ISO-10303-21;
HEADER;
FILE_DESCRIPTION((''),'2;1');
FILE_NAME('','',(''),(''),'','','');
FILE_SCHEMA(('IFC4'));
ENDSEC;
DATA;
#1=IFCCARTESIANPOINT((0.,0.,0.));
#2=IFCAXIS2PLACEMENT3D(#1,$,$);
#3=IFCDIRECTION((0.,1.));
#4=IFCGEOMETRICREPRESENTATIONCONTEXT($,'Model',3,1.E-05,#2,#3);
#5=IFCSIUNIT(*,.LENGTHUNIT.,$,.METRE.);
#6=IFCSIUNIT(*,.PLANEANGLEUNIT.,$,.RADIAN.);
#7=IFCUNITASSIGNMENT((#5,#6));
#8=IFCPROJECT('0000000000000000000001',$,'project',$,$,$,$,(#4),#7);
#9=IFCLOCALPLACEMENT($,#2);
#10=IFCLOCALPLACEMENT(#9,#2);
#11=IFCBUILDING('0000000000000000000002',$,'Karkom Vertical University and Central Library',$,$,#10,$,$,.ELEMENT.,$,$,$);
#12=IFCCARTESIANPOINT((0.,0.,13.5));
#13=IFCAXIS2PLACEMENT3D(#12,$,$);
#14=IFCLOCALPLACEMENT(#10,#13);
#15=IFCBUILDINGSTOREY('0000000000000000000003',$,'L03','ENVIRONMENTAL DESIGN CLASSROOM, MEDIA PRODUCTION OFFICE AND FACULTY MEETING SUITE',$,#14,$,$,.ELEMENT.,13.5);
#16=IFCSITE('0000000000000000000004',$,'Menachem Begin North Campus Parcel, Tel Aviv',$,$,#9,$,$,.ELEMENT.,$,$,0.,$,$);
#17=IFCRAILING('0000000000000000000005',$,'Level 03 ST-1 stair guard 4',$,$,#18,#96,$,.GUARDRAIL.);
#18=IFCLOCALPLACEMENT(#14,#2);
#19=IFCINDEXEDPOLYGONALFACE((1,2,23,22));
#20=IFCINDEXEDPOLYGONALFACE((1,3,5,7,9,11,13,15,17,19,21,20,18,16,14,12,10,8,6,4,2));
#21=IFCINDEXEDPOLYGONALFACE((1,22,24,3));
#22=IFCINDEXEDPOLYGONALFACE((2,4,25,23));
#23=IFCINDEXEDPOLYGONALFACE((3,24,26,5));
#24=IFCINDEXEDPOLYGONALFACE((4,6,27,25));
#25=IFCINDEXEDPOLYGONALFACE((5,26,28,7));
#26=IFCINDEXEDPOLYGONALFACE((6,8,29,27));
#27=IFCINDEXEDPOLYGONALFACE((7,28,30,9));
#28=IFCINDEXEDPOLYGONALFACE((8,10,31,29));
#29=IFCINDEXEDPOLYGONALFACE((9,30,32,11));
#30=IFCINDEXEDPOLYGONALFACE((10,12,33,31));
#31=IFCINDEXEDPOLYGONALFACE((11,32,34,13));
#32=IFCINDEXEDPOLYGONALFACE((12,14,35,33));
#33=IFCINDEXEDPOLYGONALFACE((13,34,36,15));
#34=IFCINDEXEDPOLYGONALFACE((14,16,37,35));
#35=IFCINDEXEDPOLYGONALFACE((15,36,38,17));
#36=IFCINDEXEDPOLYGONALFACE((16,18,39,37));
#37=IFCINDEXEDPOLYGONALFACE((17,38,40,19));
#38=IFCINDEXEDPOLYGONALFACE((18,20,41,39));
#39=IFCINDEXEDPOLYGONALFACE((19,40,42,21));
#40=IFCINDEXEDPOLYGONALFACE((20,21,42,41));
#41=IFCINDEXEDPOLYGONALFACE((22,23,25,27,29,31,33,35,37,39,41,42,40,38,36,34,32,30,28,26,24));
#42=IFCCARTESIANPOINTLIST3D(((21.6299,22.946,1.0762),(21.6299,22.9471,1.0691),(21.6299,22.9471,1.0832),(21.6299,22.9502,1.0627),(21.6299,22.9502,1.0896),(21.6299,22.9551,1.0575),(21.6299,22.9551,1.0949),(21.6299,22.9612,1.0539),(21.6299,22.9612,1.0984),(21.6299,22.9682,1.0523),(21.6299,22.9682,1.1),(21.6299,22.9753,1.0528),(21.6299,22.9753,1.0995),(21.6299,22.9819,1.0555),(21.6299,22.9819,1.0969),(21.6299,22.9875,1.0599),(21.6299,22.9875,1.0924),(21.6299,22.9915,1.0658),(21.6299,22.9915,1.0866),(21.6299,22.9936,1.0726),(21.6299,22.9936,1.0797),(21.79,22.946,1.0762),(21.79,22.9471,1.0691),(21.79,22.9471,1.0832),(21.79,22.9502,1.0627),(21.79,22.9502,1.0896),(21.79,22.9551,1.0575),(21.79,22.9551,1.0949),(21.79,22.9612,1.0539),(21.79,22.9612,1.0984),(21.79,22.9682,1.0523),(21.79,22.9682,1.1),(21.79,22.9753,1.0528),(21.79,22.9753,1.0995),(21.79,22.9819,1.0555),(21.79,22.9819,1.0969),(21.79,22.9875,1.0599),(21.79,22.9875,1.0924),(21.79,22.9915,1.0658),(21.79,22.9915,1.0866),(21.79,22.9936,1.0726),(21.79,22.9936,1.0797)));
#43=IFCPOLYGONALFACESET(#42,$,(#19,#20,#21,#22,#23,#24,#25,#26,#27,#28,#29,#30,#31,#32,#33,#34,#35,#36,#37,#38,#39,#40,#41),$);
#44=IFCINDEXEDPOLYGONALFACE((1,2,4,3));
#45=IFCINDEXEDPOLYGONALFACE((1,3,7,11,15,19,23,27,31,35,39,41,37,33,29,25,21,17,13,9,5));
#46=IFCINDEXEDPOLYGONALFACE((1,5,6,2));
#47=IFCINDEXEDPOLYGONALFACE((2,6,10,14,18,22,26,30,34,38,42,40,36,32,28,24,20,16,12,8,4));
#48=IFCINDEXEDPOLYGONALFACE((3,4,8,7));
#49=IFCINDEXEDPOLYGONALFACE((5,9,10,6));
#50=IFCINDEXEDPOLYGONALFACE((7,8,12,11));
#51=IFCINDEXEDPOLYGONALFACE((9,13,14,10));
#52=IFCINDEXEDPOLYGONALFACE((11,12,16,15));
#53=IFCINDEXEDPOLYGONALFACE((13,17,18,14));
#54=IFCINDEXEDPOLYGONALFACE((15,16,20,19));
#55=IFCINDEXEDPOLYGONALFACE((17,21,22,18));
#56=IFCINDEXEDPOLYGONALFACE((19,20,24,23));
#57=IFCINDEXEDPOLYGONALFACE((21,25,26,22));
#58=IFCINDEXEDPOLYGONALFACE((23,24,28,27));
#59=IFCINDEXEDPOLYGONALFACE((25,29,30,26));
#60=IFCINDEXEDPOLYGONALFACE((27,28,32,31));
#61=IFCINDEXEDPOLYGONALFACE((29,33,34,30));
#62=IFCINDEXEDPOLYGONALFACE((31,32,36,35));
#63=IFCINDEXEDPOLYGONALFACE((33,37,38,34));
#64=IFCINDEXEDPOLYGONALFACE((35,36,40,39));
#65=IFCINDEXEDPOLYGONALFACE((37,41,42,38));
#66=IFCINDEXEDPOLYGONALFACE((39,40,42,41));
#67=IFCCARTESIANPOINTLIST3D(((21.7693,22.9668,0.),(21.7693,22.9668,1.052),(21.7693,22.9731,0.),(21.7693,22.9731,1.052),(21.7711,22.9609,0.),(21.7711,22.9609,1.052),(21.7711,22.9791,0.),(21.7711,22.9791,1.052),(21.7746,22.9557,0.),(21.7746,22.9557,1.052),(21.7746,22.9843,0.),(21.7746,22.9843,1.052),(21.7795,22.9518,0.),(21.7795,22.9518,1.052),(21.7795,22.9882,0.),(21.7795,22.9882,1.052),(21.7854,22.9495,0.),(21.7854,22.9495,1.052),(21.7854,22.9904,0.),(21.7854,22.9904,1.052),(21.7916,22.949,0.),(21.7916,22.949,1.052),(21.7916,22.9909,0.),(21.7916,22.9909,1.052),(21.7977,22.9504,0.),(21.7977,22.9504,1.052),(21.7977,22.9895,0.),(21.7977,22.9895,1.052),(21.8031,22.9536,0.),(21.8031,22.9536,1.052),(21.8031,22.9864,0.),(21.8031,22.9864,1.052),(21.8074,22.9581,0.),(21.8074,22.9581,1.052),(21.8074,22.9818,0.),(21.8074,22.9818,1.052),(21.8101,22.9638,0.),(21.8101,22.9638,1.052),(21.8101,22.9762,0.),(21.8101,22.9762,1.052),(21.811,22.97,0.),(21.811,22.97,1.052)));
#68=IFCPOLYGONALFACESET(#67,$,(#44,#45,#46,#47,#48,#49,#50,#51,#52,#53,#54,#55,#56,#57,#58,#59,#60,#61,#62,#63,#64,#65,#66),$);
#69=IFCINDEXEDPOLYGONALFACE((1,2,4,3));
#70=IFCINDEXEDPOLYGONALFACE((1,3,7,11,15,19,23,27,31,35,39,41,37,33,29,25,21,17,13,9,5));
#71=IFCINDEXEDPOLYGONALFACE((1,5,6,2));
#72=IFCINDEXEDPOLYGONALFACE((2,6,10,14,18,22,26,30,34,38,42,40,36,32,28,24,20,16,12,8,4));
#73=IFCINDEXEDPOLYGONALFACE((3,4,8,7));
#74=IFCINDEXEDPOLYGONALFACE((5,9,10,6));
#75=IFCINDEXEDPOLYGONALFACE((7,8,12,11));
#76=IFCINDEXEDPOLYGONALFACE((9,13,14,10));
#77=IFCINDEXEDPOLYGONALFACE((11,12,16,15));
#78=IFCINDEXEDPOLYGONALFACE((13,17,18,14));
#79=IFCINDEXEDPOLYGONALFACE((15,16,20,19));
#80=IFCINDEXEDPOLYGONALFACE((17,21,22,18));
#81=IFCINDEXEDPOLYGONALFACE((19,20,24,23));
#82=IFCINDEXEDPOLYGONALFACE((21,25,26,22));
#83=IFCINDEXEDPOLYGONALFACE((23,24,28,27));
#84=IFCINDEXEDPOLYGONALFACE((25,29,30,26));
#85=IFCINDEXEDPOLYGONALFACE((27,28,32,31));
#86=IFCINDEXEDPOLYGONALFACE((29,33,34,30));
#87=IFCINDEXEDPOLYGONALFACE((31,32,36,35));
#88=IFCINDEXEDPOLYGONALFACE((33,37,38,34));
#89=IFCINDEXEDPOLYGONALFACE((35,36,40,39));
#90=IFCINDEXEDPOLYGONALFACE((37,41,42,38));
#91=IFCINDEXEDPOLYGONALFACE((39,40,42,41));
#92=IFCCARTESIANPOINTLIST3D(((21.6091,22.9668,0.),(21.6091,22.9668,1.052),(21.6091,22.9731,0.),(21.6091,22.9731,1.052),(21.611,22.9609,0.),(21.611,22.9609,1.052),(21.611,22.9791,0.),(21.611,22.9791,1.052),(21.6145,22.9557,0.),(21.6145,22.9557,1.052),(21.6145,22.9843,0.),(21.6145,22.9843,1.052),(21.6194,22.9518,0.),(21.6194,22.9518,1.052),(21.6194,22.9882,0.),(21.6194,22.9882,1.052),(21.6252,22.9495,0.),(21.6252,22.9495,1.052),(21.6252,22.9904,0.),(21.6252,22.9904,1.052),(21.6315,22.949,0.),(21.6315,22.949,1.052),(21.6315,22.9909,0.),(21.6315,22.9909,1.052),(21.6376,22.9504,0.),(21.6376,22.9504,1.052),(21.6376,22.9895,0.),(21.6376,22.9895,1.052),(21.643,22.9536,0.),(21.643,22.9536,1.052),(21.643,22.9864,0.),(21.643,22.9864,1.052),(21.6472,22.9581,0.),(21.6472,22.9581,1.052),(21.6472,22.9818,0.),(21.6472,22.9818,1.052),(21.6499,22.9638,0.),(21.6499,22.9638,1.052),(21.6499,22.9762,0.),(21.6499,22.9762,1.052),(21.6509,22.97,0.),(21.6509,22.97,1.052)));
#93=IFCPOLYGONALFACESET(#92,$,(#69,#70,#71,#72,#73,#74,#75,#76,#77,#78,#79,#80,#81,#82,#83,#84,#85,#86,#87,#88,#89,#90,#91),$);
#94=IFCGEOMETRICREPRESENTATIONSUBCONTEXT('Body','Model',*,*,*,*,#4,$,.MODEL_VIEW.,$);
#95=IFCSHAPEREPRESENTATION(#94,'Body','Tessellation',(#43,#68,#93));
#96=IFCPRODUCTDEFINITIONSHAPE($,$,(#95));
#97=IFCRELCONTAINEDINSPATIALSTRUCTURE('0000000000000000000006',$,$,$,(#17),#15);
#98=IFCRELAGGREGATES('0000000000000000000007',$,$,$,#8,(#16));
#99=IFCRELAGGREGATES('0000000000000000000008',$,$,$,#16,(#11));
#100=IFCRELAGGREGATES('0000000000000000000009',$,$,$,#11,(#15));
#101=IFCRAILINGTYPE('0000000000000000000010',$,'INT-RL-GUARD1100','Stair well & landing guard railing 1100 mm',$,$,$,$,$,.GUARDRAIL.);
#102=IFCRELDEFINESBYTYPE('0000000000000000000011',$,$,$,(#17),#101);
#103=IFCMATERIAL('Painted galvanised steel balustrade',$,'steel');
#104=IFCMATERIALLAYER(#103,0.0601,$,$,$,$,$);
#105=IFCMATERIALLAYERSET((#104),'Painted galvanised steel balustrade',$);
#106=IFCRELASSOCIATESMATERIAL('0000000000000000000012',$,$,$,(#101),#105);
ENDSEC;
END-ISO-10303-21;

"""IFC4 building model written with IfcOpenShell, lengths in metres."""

from ifc_helpers import new_model, si_unit, direction, frame, origin, origin_2d, place, context, subcontext, project, spatial, circle, extrude, material, layer, layer_set, type_object, element, save


model = new_model("IFC4")

# Units and contexts
model_context = context("Model", 3, precision=1e-05, world=origin(), true_north=direction((0.0, 1.0)))
body_context = subcontext(model_context, "Body", "Model", "MODEL_VIEW")
ifc_project = project(units=[si_unit("LENGTHUNIT", "METRE"), si_unit("PLANEANGLEUNIT", "RADIAN")], contexts=[model_context])

# Site, building, storey
site_placement = place(None, origin())
site = spatial("IfcSite", under=ifc_project, at=site_placement, Name="Menachem Begin North Campus Parcel, Tel Aviv", CompositionType="ELEMENT", RefElevation=0.0)
building_placement = place(site_placement, origin())
building = spatial("IfcBuilding", under=site, at=building_placement, Name="Karkom Vertical University and Central Library", CompositionType="ELEMENT")
storey_placement = place(building_placement, frame((0.0, 0.0, 13.5)))
storey = spatial("IfcBuildingStorey", under=building, at=storey_placement, Name="L03", Description="ENVIRONMENTAL DESIGN CLASSROOM, MEDIA PRODUCTION OFFICE AND FACULTY MEETING SUITE", CompositionType="ELEMENT", Elevation=13.5)

# Railing
ifc_material_1 = material(Name="Painted galvanised steel balustrade", Category="steel")
ifc_layer_1 = layer(ifc_material_1, 0.0601)
ifc_layer_set_1 = layer_set([ifc_layer_1], Name="Painted galvanised steel balustrade")
railing_type_1 = type_object("IfcRailingType", Name="INT-RL-GUARD1100", Description="Stair well & landing guard railing 1100 mm", PredefinedType="GUARDRAIL", material=ifc_layer_set_1)
railing_1_placement = place(storey_placement, frame((21.79, 22.97, 0.0)))
element("IfcRailing", 1, at=railing_1_placement, inside=storey, type_object=railing_type_1, Name="Level 03 ST-1 stair guard 4", PredefinedType="GUARDRAIL", context=body_context, shape_type="SweptSolid", body=[
    extrude(circle(Radius=0.0239, at=origin_2d()), frame((0.0, 0.0, 1.0762), z_axis=(-1.0, 0.0, 0.0), x_axis=(0.0, -1.0, 0.0)), (0.0, 0.0, 1.0), 0.1602),
    extrude(circle(Radius=0.021, at=origin_2d()), origin(), (0.0, 0.0, 1.0), 1.052),
    extrude(circle(Radius=0.021, at=origin_2d()), frame((-0.1602, 0.0, 0.0)), (0.0, 0.0, 1.0), 1.052),
])

save(model, "model.ifc")
